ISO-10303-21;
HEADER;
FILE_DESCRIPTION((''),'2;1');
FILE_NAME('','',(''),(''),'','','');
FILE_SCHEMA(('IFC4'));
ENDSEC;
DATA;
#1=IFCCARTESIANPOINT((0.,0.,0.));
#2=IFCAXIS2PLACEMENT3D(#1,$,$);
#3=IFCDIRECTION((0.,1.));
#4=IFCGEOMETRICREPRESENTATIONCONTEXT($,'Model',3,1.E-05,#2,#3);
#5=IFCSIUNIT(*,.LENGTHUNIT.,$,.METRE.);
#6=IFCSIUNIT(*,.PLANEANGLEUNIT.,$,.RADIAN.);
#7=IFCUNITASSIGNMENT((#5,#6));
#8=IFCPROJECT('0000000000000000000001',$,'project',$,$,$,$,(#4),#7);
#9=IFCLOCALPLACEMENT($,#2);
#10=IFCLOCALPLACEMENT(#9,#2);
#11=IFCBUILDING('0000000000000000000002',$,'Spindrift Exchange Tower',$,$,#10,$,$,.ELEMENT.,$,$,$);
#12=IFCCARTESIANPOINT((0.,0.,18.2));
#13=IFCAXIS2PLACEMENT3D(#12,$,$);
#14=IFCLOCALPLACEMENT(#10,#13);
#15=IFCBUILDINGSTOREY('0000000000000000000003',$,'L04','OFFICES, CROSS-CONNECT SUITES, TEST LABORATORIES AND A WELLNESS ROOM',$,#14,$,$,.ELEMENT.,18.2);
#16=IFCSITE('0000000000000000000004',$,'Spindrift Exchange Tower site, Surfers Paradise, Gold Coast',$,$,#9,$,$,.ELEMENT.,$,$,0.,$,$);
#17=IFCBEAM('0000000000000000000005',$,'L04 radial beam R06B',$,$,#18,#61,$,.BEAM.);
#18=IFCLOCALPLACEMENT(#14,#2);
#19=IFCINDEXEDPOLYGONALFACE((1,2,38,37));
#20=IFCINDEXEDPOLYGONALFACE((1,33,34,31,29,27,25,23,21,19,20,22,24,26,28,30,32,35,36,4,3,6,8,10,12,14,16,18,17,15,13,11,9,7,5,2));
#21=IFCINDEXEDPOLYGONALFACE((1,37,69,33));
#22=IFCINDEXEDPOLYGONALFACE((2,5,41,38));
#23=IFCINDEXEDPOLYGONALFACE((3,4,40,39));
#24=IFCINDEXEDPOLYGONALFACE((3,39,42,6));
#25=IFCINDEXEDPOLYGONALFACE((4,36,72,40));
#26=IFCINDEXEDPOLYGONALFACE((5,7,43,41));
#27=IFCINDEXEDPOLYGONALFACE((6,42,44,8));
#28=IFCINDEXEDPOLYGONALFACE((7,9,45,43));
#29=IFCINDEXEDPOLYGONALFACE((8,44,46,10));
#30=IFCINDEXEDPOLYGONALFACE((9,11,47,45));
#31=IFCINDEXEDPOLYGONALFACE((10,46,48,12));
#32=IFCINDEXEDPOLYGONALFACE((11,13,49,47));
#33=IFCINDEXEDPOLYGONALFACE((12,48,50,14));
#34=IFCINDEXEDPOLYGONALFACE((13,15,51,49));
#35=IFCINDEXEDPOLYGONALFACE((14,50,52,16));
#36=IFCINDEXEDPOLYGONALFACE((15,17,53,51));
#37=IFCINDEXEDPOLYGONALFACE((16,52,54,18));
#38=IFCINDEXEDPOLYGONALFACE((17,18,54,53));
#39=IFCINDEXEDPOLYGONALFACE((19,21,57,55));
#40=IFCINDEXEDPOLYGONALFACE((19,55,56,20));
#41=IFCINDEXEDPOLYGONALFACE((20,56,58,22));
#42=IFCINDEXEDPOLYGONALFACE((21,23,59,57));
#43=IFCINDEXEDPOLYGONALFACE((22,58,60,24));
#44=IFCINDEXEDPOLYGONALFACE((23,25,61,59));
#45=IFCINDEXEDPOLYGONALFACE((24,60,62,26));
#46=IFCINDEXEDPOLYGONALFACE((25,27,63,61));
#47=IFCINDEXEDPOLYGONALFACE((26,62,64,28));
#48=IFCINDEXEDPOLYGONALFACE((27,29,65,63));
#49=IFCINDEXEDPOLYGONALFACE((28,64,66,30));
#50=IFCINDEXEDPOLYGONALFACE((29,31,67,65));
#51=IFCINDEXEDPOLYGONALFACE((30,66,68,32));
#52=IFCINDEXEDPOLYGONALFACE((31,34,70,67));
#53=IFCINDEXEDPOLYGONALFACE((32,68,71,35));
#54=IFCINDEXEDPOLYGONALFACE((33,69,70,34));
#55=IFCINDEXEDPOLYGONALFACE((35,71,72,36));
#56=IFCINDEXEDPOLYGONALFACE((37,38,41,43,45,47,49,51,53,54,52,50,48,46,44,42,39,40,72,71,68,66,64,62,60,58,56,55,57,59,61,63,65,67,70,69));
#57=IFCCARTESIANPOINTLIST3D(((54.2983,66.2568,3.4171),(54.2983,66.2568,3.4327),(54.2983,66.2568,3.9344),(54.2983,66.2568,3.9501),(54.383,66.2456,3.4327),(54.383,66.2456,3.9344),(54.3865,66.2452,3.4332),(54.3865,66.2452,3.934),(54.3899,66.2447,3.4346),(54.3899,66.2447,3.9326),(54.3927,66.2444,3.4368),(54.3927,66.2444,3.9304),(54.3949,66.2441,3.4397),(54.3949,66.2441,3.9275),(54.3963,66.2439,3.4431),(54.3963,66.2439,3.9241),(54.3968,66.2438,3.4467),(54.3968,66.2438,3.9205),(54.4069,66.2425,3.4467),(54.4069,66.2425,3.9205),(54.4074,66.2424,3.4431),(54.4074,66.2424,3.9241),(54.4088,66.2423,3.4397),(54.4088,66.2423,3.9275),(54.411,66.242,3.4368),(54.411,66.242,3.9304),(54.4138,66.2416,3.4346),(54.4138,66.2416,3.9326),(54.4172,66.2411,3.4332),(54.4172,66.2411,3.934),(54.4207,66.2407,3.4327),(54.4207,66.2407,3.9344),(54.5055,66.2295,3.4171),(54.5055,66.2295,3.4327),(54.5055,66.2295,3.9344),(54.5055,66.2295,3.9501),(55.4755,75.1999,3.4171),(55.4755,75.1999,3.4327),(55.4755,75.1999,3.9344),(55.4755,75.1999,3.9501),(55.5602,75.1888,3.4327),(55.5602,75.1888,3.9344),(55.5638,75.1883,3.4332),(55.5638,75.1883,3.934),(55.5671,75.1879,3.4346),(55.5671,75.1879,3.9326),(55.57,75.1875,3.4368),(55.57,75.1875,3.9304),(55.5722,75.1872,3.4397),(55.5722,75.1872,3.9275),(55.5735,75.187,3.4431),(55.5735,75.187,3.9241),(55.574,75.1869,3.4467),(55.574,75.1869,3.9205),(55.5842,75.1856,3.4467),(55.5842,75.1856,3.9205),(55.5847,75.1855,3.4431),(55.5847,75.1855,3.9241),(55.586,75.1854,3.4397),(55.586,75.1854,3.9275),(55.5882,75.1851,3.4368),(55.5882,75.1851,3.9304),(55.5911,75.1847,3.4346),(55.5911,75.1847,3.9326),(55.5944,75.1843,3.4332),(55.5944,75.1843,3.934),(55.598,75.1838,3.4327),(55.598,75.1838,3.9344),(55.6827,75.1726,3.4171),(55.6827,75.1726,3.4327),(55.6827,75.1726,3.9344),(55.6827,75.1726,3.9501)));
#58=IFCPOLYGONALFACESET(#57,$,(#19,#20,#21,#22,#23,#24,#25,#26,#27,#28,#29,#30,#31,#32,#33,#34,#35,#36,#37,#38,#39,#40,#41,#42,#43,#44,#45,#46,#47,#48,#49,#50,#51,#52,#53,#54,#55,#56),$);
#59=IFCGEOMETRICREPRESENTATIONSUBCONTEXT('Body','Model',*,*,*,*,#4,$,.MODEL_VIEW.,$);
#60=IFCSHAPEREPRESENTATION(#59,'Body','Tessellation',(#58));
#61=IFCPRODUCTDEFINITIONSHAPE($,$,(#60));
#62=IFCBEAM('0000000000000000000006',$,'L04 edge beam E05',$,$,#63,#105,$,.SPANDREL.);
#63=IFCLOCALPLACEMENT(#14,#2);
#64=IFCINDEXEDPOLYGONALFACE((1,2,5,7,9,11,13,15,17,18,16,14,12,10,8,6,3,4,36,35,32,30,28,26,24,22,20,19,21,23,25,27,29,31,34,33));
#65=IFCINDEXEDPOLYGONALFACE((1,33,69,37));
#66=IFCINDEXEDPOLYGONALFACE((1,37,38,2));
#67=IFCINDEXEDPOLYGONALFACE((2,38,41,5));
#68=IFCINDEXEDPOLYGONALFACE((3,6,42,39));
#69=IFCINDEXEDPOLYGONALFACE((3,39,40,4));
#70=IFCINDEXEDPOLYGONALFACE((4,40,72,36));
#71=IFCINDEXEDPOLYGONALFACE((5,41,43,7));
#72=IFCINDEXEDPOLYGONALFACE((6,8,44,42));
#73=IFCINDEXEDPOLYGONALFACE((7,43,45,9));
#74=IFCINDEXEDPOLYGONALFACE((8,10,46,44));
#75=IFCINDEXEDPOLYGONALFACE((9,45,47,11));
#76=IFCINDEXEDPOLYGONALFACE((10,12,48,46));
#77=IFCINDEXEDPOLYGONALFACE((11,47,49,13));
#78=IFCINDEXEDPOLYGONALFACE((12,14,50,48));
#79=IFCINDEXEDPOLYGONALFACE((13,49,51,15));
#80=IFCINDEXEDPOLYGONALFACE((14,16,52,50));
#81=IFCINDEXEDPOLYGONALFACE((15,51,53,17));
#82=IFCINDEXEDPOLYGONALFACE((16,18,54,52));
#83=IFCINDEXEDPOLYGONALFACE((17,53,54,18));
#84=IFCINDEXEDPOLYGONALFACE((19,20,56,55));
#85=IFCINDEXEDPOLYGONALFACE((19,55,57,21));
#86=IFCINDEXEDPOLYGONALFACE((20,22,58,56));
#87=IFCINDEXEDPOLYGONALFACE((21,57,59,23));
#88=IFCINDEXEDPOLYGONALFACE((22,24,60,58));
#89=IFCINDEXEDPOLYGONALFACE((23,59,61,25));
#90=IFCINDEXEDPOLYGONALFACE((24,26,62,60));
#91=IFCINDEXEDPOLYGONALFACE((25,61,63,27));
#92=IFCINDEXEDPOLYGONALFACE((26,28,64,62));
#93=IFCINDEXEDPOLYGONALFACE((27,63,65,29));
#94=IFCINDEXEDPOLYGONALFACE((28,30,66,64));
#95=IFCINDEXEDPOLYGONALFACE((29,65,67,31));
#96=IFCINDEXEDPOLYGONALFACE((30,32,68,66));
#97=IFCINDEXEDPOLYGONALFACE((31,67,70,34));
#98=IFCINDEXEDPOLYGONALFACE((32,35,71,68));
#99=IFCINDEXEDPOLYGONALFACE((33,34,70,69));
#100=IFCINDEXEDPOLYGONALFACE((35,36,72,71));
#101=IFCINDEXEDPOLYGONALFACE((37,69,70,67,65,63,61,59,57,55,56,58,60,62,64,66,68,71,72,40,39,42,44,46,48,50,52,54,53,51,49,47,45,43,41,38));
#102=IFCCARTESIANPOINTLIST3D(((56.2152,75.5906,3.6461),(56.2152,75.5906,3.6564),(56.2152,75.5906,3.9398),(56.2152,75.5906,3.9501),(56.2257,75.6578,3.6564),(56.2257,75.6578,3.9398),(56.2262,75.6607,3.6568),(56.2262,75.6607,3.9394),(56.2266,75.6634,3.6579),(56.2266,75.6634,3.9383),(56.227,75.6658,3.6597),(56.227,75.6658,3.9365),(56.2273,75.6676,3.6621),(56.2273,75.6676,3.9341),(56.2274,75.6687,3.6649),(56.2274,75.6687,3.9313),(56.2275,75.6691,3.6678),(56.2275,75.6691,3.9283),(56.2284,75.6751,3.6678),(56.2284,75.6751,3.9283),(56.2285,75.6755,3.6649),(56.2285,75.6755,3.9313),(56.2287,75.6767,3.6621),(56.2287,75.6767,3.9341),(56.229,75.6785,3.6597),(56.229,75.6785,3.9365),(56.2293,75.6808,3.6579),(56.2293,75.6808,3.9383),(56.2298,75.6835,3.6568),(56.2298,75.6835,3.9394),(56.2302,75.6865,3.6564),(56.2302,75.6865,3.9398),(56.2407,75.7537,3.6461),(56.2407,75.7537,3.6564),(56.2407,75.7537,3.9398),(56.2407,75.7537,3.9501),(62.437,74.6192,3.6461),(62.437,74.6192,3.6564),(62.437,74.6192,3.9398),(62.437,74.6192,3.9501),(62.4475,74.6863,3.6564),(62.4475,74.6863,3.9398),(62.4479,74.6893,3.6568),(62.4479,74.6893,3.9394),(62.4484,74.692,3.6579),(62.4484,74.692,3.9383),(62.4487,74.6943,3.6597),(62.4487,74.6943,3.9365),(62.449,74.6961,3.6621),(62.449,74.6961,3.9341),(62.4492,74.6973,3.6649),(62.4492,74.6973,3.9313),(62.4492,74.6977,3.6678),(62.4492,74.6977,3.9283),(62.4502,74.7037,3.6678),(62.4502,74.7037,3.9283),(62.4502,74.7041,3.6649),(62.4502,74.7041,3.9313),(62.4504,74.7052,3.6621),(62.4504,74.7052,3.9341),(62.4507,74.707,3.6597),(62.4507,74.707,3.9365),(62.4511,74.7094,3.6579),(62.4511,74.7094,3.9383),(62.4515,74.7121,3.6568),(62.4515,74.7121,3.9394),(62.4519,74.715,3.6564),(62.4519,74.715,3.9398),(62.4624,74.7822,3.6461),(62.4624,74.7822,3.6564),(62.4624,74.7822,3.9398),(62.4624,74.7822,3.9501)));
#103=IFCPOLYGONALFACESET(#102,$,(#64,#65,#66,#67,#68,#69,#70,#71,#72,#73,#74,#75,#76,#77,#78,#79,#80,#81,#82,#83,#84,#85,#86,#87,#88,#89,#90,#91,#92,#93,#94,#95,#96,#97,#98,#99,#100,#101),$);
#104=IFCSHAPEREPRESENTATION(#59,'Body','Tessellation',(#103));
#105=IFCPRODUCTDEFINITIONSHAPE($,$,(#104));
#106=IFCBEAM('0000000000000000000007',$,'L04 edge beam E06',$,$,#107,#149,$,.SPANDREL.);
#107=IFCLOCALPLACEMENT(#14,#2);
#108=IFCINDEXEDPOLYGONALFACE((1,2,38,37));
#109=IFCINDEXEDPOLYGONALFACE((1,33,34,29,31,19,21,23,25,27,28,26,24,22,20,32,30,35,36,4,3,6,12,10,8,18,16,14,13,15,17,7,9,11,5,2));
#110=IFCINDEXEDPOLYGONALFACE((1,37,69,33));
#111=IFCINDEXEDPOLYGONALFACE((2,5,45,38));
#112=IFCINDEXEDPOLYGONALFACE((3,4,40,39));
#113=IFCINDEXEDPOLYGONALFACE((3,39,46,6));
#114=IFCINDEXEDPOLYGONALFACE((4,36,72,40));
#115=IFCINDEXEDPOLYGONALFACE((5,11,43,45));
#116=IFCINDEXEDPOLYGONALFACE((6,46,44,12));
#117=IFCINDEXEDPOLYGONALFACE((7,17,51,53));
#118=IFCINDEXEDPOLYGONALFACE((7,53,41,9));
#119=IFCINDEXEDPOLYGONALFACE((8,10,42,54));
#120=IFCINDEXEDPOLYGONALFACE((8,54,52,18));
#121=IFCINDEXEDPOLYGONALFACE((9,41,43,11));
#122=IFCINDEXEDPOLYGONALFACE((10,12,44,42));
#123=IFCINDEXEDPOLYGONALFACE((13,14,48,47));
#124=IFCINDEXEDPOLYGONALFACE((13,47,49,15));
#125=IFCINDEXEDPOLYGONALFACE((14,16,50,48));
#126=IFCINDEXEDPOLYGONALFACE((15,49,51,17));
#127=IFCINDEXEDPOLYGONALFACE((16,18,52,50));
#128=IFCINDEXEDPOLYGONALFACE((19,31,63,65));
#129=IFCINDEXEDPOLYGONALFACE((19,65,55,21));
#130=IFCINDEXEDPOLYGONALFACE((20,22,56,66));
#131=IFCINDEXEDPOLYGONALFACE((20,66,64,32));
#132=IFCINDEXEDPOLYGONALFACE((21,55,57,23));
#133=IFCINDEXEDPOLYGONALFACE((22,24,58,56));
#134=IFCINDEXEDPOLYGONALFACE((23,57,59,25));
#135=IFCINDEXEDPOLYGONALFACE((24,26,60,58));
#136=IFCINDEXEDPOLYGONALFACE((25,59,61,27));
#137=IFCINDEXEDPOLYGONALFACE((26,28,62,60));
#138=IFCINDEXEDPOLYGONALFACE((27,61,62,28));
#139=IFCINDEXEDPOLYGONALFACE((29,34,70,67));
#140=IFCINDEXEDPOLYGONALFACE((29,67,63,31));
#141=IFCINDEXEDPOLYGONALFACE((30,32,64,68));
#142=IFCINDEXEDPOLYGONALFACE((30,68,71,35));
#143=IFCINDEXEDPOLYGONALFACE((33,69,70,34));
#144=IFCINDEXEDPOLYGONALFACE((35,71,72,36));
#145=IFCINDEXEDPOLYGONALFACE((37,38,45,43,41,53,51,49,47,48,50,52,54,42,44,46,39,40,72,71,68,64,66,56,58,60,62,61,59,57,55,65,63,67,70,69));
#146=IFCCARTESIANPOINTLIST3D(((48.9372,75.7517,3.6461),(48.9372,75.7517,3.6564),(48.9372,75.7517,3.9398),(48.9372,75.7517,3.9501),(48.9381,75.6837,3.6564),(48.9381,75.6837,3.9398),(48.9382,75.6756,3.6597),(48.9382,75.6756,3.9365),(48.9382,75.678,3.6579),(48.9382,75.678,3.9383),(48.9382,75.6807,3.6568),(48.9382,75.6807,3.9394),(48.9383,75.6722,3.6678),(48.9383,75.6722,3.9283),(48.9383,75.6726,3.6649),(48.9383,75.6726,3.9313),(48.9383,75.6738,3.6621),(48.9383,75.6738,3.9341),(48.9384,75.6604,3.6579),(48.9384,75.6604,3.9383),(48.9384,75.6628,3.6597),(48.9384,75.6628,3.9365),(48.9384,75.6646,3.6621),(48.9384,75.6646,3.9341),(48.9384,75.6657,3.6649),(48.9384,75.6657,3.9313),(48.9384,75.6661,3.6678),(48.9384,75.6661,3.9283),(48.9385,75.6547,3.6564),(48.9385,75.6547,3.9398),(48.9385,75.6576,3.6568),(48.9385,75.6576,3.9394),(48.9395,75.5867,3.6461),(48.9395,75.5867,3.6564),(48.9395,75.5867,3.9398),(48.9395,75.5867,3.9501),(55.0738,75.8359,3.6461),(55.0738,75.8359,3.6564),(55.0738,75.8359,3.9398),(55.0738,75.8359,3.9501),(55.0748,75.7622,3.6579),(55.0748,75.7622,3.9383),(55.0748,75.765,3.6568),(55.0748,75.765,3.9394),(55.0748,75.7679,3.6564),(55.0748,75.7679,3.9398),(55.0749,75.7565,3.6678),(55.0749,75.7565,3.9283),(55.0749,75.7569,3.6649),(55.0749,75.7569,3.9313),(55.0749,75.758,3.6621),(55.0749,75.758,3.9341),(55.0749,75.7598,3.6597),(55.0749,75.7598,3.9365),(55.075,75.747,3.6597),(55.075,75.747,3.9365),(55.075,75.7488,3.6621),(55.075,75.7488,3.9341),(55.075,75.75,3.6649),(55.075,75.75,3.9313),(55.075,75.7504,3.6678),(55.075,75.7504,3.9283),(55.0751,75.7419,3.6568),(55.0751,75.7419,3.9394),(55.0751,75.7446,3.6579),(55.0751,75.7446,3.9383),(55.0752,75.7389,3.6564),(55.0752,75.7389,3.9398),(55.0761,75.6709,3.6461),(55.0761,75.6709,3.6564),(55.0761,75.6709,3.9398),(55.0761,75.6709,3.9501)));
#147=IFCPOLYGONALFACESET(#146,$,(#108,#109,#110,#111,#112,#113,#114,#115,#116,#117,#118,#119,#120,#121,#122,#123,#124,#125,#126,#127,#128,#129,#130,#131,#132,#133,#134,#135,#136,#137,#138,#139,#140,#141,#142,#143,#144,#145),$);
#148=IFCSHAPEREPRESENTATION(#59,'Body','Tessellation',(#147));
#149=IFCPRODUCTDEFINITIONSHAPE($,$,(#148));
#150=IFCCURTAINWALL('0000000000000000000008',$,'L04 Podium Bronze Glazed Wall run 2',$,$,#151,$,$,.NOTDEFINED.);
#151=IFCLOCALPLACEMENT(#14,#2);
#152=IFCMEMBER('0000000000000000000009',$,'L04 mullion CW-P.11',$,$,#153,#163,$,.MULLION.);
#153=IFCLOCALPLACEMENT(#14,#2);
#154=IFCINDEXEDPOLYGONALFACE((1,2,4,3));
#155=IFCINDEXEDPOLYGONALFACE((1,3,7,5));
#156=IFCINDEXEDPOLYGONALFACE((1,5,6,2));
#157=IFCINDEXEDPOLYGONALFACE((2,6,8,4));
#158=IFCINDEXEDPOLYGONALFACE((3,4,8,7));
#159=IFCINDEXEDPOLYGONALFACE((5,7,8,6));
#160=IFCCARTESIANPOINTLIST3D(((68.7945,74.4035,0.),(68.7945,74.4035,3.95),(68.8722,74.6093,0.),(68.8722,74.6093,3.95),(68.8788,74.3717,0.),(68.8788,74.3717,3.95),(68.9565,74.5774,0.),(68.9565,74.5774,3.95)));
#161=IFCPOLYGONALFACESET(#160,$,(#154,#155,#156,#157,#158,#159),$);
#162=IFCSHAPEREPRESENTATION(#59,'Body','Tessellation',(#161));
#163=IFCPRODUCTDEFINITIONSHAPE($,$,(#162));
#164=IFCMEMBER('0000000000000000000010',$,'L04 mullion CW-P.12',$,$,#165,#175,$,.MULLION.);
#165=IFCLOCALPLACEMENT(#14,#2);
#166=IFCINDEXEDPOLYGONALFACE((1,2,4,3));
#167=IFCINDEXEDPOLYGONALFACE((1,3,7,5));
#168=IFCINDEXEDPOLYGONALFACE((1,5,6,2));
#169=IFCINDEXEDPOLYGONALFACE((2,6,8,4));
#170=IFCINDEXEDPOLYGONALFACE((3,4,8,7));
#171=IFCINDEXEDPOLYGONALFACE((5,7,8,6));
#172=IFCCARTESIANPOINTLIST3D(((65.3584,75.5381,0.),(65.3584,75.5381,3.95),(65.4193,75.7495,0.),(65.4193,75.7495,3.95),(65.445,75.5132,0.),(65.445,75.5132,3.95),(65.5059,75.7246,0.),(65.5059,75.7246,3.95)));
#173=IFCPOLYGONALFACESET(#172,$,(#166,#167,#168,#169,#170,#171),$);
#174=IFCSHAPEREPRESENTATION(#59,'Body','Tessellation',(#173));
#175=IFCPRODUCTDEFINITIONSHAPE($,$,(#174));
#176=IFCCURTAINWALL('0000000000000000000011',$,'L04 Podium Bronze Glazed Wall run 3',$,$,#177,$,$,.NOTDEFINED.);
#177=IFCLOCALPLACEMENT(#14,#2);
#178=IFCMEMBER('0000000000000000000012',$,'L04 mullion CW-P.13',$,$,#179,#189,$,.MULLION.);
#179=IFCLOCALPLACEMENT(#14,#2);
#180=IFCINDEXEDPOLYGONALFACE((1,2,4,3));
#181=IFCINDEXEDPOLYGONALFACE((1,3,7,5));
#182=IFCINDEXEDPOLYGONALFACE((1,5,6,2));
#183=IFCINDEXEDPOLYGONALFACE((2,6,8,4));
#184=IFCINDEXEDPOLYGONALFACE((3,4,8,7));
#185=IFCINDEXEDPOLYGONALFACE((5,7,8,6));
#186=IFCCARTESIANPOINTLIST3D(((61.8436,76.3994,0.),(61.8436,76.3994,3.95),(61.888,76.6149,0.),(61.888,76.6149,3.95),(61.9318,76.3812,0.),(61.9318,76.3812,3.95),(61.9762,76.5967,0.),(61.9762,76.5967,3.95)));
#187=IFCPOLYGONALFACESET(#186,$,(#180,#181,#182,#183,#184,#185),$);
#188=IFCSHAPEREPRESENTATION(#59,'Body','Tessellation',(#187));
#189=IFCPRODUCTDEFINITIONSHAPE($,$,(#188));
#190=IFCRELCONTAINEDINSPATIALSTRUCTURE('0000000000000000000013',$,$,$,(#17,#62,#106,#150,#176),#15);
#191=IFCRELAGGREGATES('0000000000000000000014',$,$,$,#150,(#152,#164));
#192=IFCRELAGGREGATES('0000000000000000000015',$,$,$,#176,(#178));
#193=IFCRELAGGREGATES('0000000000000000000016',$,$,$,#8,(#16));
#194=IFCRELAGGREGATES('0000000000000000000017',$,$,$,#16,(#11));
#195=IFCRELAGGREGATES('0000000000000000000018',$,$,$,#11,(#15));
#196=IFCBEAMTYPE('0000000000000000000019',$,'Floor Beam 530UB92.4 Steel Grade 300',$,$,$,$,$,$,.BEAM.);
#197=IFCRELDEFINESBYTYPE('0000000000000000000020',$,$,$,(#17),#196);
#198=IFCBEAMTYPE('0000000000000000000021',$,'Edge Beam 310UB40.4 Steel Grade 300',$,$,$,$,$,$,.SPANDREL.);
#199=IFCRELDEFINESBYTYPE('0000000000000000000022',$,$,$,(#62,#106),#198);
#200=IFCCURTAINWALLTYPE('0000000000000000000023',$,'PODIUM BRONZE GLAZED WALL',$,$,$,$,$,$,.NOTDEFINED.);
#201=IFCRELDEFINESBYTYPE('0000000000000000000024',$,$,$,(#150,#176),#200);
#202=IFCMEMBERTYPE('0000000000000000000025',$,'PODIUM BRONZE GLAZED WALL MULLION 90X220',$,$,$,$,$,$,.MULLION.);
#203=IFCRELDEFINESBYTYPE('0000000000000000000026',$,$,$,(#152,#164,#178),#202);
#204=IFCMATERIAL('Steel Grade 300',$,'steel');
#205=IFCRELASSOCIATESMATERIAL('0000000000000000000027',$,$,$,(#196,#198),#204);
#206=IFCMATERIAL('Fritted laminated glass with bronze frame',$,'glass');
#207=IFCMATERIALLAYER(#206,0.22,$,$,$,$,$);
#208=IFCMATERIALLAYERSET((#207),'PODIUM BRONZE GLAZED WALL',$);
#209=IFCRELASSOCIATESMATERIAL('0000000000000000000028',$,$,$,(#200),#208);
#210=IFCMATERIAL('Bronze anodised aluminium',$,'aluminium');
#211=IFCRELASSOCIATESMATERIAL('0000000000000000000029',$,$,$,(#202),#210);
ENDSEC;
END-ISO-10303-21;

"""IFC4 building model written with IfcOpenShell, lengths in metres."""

from ifc_helpers import new_model, si_unit, direction, frame, origin, origin_2d, place, context, subcontext, project, spatial, rectangle, i_section, extrude, source, transform, mapped, material, layer, layer_set, material_profile, profile_set, type_object, element, aggregate, save


model = new_model("IFC4")

# Units and contexts
model_context = context("Model", 3, precision=1e-05, world=origin(), true_north=direction((0.0, 1.0)))
body_context = subcontext(model_context, "Body", "Model", "MODEL_VIEW")
ifc_project = project(units=[si_unit("LENGTHUNIT", "METRE"), si_unit("PLANEANGLEUNIT", "RADIAN")], contexts=[model_context])

# Site, building, storey
site_placement = place(None, origin())
site = spatial("IfcSite", under=ifc_project, at=site_placement, Name="Spindrift Exchange Tower site, Surfers Paradise, Gold Coast", CompositionType="ELEMENT", RefElevation=0.0)
building_placement = place(site_placement, origin())
building = spatial("IfcBuilding", under=site, at=building_placement, Name="Spindrift Exchange Tower", CompositionType="ELEMENT")
storey_placement = place(building_placement, frame((0.0, 0.0, 18.2)))
storey = spatial("IfcBuildingStorey", under=building, at=storey_placement, Name="L04", Description="OFFICES, CROSS-CONNECT SUITES, TEST LABORATORIES AND A WELLNESS ROOM", CompositionType="ELEMENT", Elevation=18.2)

# Beams
ifc_material_1 = material(Name="Steel Grade 300", Category="steel")
ifc_material_profile_1 = material_profile(ifc_material_1, i_section(OverallWidth=0.209, OverallDepth=0.533, WebThickness=0.0103, FlangeThickness=0.0156, FilletRadius=0.0139, at=origin_2d()), Name="530UB92.4")
ifc_profile_set_1 = profile_set([ifc_material_profile_1], Name="Steel Grade 300")
beam_type_1 = type_object("IfcBeamType", Name="Floor Beam 530UB92.4 Steel Grade 300", PredefinedType="BEAM", material=ifc_profile_set_1)
shared_shape_1 = source(origin(), body_context, "Body", "SweptSolid", [
    extrude(i_section(OverallWidth=0.209, OverallDepth=0.533, WebThickness=0.0103, FlangeThickness=0.0156, FilletRadius=0.0139, at=origin_2d()), origin(), (0.0, 0.0, 1.0), 9.0203),
])
beam_1_placement = place(storey_placement, frame((54.4019, 66.2432, 3.6836), z_axis=(0.130511, 0.991447, 0.0), x_axis=(-0.991447, 0.130511, 0.0)))
element("IfcBeam", 1, at=beam_1_placement, inside=storey, type_object=beam_type_1, Name="L04 radial beam R06B", PredefinedType="BEAM", context=body_context, shape_type="MappedRepresentation", body=[
    mapped(shared_shape_1, transform((0.0, 0.0, 0.0), scale=1.0)),
])
ifc_material_profile_2 = material_profile(ifc_material_1, i_section(OverallWidth=0.165, OverallDepth=0.304, WebThickness=0.0061, FlangeThickness=0.0103, FilletRadius=0.0115, at=origin_2d()), Name="310UB40.4")
ifc_profile_set_2 = profile_set([ifc_material_profile_2], Name="Steel Grade 300")
beam_type_2 = type_object("IfcBeamType", Name="Edge Beam 310UB40.4 Steel Grade 300", PredefinedType="SPANDREL", material=ifc_profile_set_2)
shared_shape_2 = source(origin(), body_context, "Body", "SweptSolid", [
    extrude(i_section(OverallWidth=0.165, OverallDepth=0.304, WebThickness=0.0061, FlangeThickness=0.0103, FilletRadius=0.0115, at=origin_2d()), origin(), (0.0, 0.0, 1.0), 6.2971),
])
beam_2_placement = place(storey_placement, frame((62.4497, 74.7007, 3.7981), z_axis=(-0.988029, 0.154268, 0.0), x_axis=(-0.154268, -0.988029, 0.0)))
element("IfcBeam", 2, at=beam_2_placement, inside=storey, type_object=beam_type_2, Name="L04 edge beam E05", PredefinedType="SPANDREL", context=body_context, shape_type="MappedRepresentation", body=[
    mapped(shared_shape_2, transform((0.0, 0.0, 0.0), scale=1.0)),
])
shared_shape_3 = source(origin(), body_context, "Body", "SweptSolid", [
    extrude(i_section(OverallWidth=0.165, OverallDepth=0.304, WebThickness=0.0061, FlangeThickness=0.0103, FilletRadius=0.0115, at=origin_2d()), origin(), (0.0, 0.0, 1.0), 6.1372),
])
beam_3_placement = place(storey_placement, frame((55.075, 75.7534, 3.7981), z_axis=(-0.999906, -0.013724, 0.0), x_axis=(0.013724, -0.999906, 0.0)))
element("IfcBeam", 3, at=beam_3_placement, inside=storey, type_object=beam_type_2, Name="L04 edge beam E06", PredefinedType="SPANDREL", context=body_context, shape_type="MappedRepresentation", body=[
    mapped(shared_shape_3, transform((0.0, 0.0, 0.0), scale=1.0)),
])

# Curtain walls, members
ifc_material_2 = material(Name="Fritted laminated glass with bronze frame", Category="glass")
ifc_layer_1 = layer(ifc_material_2, 0.22)
ifc_layer_set_1 = layer_set([ifc_layer_1], Name="PODIUM BRONZE GLAZED WALL")
curtain_wall_type = type_object("IfcCurtainWallType", Name="PODIUM BRONZE GLAZED WALL", PredefinedType="NOTDEFINED", material=ifc_layer_set_1)
curtain_wall_1_placement = place(storey_placement, origin())
curtain_wall_1 = element("IfcCurtainWall", 4, at=curtain_wall_1_placement, inside=storey, type_object=curtain_wall_type, Name="L04 Podium Bronze Glazed Wall run 2", PredefinedType="NOTDEFINED")
ifc_material_3 = material(Name="Bronze anodised aluminium", Category="aluminium")
ifc_material_profile_3 = material_profile(ifc_material_3, rectangle(XDim=0.0901, YDim=0.22, at=origin_2d()), Name="PODIUM BRONZE GLAZED WALL MULLION 90X220")
ifc_profile_set_3 = profile_set([ifc_material_profile_3], Name="Bronze anodised aluminium")
member_type_1 = type_object("IfcMemberType", Name="PODIUM BRONZE GLAZED WALL MULLION 90X220", PredefinedType="MULLION", material=ifc_profile_set_3)
shared_shape_4 = source(origin(), body_context, "Body", "SweptSolid", [
    extrude(rectangle(XDim=0.0901, YDim=0.22, at=origin_2d()), origin(), (0.0, 0.0, 1.0), 3.95),
])
member_1_placement = place(storey_placement, frame((68.8755, 74.4905, 0.0), z_axis=(0.0, 0.0, 1.0), x_axis=(-0.935479, 0.353382, 0.0)))
member_1 = element("IfcMember", 5, at=member_1_placement, type_object=member_type_1, Name="L04 mullion CW-P.11", PredefinedType="MULLION", context=body_context, shape_type="MappedRepresentation", body=[
    mapped(shared_shape_4, transform((0.0, 0.0, 0.0), scale=1.0)),
])
member_2_placement = place(storey_placement, frame((65.4321, 75.6313, 0.0), z_axis=(0.0, 0.0, 1.0), x_axis=(-0.960884, 0.27695, 0.0)))
member_2 = element("IfcMember", 6, at=member_2_placement, type_object=member_type_1, Name="L04 mullion CW-P.12", PredefinedType="MULLION", context=body_context, shape_type="MappedRepresentation", body=[
    mapped(shared_shape_4, transform((0.0, 0.0, 0.0), scale=1.0)),
])
curtain_wall_2_placement = place(storey_placement, origin())
curtain_wall_2 = element("IfcCurtainWall", 7, at=curtain_wall_2_placement, inside=storey, type_object=curtain_wall_type, Name="L04 Podium Bronze Glazed Wall run 3", PredefinedType="NOTDEFINED")
member_3_placement = place(storey_placement, frame((61.9099, 76.498, 0.0), z_axis=(0.0, 0.0, 1.0), x_axis=(-0.979402, 0.20192, 0.0)))
member_3 = element("IfcMember", 8, at=member_3_placement, type_object=member_type_1, Name="L04 mullion CW-P.13", PredefinedType="MULLION", context=body_context, shape_type="MappedRepresentation", body=[
    mapped(shared_shape_4, transform((0.0, 0.0, 0.0), scale=1.0)),
])

aggregate(curtain_wall_1, [member_1, member_2])
aggregate(curtain_wall_2, [member_3])

save(model, "model.ifc")
